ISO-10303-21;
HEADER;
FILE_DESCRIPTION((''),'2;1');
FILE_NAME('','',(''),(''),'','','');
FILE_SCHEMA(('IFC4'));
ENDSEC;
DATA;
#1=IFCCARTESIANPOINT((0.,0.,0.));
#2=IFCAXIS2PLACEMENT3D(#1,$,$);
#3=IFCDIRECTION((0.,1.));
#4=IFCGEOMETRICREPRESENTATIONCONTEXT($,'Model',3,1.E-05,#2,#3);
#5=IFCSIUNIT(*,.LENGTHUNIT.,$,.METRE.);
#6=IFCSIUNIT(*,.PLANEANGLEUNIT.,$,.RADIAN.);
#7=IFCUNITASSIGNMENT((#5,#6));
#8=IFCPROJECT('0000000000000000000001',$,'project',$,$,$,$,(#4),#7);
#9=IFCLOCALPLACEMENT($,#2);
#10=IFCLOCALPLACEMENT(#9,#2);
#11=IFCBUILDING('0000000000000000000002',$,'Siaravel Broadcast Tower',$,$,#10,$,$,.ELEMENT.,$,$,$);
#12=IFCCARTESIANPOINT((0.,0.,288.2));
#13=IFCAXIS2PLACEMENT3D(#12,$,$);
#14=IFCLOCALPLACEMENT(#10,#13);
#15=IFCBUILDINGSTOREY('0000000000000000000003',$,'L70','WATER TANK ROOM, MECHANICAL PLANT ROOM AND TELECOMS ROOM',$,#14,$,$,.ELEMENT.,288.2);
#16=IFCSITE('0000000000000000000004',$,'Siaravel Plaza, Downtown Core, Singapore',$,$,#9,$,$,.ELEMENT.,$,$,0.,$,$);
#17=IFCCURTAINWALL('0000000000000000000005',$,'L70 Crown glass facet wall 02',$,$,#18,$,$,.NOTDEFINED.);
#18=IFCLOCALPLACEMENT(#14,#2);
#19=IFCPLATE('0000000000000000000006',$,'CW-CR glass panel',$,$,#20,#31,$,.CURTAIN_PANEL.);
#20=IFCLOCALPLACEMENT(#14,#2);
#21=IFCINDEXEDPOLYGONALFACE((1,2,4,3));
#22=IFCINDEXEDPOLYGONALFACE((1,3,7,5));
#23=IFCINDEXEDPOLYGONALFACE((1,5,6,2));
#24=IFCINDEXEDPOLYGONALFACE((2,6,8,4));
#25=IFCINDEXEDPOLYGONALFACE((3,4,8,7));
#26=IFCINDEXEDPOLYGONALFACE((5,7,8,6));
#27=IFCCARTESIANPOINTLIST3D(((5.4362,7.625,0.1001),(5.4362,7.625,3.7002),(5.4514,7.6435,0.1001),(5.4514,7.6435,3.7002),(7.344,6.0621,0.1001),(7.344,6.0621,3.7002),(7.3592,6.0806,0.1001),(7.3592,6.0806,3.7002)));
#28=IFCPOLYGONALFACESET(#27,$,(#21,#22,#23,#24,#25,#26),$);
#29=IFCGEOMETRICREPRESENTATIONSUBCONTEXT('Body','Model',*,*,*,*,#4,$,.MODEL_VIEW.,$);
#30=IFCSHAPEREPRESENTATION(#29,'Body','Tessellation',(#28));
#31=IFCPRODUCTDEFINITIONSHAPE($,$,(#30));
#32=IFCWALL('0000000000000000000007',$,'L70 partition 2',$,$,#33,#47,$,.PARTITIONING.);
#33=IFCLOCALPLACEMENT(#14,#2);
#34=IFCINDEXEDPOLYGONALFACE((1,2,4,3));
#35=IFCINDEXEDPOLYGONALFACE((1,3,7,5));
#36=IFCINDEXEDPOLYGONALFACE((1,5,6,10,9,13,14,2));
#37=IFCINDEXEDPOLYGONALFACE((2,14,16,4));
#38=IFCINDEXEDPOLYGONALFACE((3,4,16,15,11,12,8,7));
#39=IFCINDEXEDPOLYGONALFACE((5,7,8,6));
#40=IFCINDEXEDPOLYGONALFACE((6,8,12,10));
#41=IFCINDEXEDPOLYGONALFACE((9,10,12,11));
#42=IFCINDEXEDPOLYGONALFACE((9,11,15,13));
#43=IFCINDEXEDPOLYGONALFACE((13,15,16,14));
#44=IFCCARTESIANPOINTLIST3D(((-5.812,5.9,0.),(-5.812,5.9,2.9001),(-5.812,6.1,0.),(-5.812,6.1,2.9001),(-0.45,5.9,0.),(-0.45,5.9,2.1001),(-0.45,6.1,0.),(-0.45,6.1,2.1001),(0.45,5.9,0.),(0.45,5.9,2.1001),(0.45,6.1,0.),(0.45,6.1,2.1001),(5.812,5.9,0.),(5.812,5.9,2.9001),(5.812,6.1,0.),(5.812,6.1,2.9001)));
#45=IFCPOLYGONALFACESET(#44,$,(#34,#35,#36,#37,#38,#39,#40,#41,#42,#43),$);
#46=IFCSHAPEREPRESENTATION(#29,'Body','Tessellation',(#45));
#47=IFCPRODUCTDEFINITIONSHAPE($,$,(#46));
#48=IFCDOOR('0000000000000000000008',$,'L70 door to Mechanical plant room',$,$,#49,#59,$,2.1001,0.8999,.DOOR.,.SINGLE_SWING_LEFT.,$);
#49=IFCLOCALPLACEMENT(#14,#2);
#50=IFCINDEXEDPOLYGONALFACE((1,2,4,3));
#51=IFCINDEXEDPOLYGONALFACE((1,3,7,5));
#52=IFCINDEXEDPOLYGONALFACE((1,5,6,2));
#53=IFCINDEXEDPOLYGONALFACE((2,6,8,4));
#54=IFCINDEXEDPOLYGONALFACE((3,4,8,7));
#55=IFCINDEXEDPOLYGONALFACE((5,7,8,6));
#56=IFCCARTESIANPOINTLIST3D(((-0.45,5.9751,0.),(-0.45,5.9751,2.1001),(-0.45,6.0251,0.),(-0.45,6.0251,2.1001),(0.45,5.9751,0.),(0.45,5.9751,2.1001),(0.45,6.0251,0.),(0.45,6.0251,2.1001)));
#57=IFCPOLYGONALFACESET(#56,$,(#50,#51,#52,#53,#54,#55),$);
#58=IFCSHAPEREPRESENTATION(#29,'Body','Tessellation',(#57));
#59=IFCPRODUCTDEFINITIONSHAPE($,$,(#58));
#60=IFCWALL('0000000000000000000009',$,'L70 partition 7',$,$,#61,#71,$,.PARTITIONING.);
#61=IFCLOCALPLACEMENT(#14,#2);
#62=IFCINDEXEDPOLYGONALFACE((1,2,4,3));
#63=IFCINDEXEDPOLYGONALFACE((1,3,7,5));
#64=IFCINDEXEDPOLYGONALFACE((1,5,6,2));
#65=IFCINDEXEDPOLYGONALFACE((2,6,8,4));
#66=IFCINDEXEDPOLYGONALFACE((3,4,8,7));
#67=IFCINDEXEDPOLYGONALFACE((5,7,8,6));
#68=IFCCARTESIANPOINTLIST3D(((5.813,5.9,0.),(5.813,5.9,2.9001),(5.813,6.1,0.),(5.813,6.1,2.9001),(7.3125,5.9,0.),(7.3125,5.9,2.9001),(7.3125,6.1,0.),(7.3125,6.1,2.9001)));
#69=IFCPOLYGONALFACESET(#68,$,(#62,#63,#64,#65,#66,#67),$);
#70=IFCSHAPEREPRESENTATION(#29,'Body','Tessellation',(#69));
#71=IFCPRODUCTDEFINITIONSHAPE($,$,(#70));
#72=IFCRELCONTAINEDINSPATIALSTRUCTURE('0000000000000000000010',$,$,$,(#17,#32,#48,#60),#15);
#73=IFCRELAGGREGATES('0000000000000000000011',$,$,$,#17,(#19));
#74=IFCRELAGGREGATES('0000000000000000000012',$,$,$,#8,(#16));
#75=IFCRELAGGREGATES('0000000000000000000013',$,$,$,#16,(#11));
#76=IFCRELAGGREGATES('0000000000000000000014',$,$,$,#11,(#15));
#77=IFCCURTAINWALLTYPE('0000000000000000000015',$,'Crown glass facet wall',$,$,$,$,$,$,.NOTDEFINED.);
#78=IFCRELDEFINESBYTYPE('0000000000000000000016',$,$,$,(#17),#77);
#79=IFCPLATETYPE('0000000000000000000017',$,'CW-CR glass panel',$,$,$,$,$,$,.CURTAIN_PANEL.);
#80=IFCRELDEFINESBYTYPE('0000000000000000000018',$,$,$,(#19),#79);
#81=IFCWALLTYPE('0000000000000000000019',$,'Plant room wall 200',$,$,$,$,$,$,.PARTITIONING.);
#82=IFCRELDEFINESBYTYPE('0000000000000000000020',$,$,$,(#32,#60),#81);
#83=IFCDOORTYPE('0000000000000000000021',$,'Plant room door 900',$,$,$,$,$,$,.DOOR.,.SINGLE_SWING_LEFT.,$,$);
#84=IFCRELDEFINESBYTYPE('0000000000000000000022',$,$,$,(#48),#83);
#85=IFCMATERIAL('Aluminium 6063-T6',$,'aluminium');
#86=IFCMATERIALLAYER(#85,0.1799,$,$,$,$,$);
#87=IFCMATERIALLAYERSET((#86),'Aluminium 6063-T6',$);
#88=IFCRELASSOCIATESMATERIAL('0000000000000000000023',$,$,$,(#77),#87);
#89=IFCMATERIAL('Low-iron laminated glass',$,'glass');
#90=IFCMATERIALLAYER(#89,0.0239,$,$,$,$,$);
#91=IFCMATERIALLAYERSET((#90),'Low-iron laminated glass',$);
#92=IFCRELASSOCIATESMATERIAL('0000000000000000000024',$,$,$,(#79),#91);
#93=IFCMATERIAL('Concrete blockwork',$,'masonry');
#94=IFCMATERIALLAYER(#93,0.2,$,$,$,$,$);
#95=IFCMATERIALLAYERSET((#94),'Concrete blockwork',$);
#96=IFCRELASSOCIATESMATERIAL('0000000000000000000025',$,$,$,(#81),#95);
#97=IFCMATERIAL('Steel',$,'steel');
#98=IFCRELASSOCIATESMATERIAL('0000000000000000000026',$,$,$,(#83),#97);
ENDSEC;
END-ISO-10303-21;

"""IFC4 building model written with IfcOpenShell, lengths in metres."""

from ifc_helpers import new_model, si_unit, direction, frame, frame_2d, origin, origin_2d, place, context, subcontext, project, spatial, rectangle, extrude, material, layer, layer_set, type_object, element, fill, aggregate, save


model = new_model("IFC4")

# Units and contexts
model_context = context("Model", 3, precision=1e-05, world=origin(), true_north=direction((0.0, 1.0)))
body_context = subcontext(model_context, "Body", "Model", "MODEL_VIEW")
ifc_project = project(units=[si_unit("LENGTHUNIT", "METRE"), si_unit("PLANEANGLEUNIT", "RADIAN")], contexts=[model_context])

# Site, building, storey
site_placement = place(None, origin())
site = spatial("IfcSite", under=ifc_project, at=site_placement, Name="Siaravel Plaza, Downtown Core, Singapore", CompositionType="ELEMENT", RefElevation=0.0)
building_placement = place(site_placement, origin())
building = spatial("IfcBuilding", under=site, at=building_placement, Name="Siaravel Broadcast Tower", CompositionType="ELEMENT")
storey_placement = place(building_placement, frame((0.0, 0.0, 288.2)))
storey = spatial("IfcBuildingStorey", under=building, at=storey_placement, Name="L70", Description="WATER TANK ROOM, MECHANICAL PLANT ROOM AND TELECOMS ROOM", CompositionType="ELEMENT", Elevation=288.2)

# Curtain wall
ifc_material_1 = material(Name="Aluminium 6063-T6", Category="aluminium")
ifc_layer_1 = layer(ifc_material_1, 0.1799)
ifc_layer_set_1 = layer_set([ifc_layer_1], Name="Aluminium 6063-T6")
curtain_wall_type = type_object("IfcCurtainWallType", Name="Crown glass facet wall", PredefinedType="NOTDEFINED", material=ifc_layer_set_1)
curtain_wall_1_placement = place(storey_placement, origin())
curtain_wall_1 = element("IfcCurtainWall", 1, at=curtain_wall_1_placement, inside=storey, type_object=curtain_wall_type, Name="L70 Crown glass facet wall 02", PredefinedType="NOTDEFINED")

# Plate
ifc_material_2 = material(Name="Low-iron laminated glass", Category="glass")
ifc_layer_2 = layer(ifc_material_2, 0.0239)
ifc_layer_set_2 = layer_set([ifc_layer_2], Name="Low-iron laminated glass")
plate_type = type_object("IfcPlateType", Name="CW-CR glass panel", PredefinedType="CURTAIN_PANEL", material=ifc_layer_set_2)
plate_1_placement = place(storey_placement, frame((6.3977, 6.8528, 0.1001), z_axis=(0.0, 0.0, 1.0), x_axis=(-0.773564, 0.633718, 0.0)))
plate_1 = element("IfcPlate", 2, at=plate_1_placement, type_object=plate_type, Name="CW-CR glass panel", PredefinedType="CURTAIN_PANEL", context=body_context, shape_type="SweptSolid", body=[
    extrude(rectangle(XDim=2.4663, YDim=0.0239, at=origin_2d()), origin(), (0.0, 0.0, 1.0), 3.6001),
])
aggregate(curtain_wall_1, [plate_1])

# Wall, opening, door
ifc_material_3 = material(Name="Concrete blockwork", Category="masonry")
ifc_layer_3 = layer(ifc_material_3, 0.2)
ifc_layer_set_3 = layer_set([ifc_layer_3], Name="Concrete blockwork")
wall_type = type_object("IfcWallType", Name="Plant room wall 200", PredefinedType="PARTITIONING", material=ifc_layer_set_3)
wall_1_placement = place(storey_placement, frame((5.812, 6.0, 0.0), z_axis=(0.0, 0.0, 1.0), x_axis=(-1.0, 0.0, 0.0)))
wall_1 = element("IfcWall", 3, at=wall_1_placement, inside=storey, type_object=wall_type, Name="L70 partition 2", PredefinedType="PARTITIONING", context=body_context, shape_type="SweptSolid", body=[
    extrude(rectangle(XDim=11.624, YDim=0.2, at=frame_2d((5.812, 0.0))), origin(), (0.0, 0.0, 1.0), 2.9001),
])
opening_placement = place(wall_1_placement, frame((5.3621, 0.0, 0.0)))
opening = element("IfcOpeningElement", 4, at=opening_placement, cuts=wall_1, PredefinedType="OPENING", context=body_context, shape_type="SweptSolid", body=[
    extrude(rectangle(XDim=0.8999, YDim=2.1001, at=frame_2d((0.45, 1.05))), frame((0.0, 0.1099, 0.0), z_axis=(0.0, -1.0, 0.0), x_axis=(1.0, 0.0, 0.0)), (0.0, 0.0, 1.0), 0.22),
])
ifc_material_4 = material(Name="Steel", Category="steel")
door_type = type_object("IfcDoorType", Name="Plant room door 900", OperationType="SINGLE_SWING_LEFT", PredefinedType="DOOR", material=ifc_material_4)
door_placement = place(opening_placement, origin())
door = element("IfcDoor", 5, at=door_placement, inside=storey, type_object=door_type, Name="L70 door to Mechanical plant room", OperationType="SINGLE_SWING_LEFT", OverallHeight=2.1001, OverallWidth=0.8999, PredefinedType="DOOR", context=body_context, shape_type="SweptSolid", body=[
    extrude(rectangle(XDim=0.8999, YDim=2.1001, at=frame_2d((0.45, 1.05))), frame((0.0, 0.0249, 0.0), z_axis=(0.0, -1.0, 0.0), x_axis=(1.0, 0.0, 0.0)), (0.0, 0.0, 1.0), 0.05),
])
fill(opening, door)

# Wall
wall_2_placement = place(storey_placement, frame((7.3125, 6.0, 0.0), z_axis=(0.0, 0.0, 1.0), x_axis=(-1.0, 0.0, 0.0)))
element("IfcWall", 6, at=wall_2_placement, inside=storey, type_object=wall_type, Name="L70 partition 7", PredefinedType="PARTITIONING", context=body_context, shape_type="SweptSolid", body=[
    extrude(rectangle(XDim=1.4995, YDim=0.2, at=frame_2d((0.7498, 0.0))), origin(), (0.0, 0.0, 1.0), 2.9001),
])

save(model, "model.ifc")
